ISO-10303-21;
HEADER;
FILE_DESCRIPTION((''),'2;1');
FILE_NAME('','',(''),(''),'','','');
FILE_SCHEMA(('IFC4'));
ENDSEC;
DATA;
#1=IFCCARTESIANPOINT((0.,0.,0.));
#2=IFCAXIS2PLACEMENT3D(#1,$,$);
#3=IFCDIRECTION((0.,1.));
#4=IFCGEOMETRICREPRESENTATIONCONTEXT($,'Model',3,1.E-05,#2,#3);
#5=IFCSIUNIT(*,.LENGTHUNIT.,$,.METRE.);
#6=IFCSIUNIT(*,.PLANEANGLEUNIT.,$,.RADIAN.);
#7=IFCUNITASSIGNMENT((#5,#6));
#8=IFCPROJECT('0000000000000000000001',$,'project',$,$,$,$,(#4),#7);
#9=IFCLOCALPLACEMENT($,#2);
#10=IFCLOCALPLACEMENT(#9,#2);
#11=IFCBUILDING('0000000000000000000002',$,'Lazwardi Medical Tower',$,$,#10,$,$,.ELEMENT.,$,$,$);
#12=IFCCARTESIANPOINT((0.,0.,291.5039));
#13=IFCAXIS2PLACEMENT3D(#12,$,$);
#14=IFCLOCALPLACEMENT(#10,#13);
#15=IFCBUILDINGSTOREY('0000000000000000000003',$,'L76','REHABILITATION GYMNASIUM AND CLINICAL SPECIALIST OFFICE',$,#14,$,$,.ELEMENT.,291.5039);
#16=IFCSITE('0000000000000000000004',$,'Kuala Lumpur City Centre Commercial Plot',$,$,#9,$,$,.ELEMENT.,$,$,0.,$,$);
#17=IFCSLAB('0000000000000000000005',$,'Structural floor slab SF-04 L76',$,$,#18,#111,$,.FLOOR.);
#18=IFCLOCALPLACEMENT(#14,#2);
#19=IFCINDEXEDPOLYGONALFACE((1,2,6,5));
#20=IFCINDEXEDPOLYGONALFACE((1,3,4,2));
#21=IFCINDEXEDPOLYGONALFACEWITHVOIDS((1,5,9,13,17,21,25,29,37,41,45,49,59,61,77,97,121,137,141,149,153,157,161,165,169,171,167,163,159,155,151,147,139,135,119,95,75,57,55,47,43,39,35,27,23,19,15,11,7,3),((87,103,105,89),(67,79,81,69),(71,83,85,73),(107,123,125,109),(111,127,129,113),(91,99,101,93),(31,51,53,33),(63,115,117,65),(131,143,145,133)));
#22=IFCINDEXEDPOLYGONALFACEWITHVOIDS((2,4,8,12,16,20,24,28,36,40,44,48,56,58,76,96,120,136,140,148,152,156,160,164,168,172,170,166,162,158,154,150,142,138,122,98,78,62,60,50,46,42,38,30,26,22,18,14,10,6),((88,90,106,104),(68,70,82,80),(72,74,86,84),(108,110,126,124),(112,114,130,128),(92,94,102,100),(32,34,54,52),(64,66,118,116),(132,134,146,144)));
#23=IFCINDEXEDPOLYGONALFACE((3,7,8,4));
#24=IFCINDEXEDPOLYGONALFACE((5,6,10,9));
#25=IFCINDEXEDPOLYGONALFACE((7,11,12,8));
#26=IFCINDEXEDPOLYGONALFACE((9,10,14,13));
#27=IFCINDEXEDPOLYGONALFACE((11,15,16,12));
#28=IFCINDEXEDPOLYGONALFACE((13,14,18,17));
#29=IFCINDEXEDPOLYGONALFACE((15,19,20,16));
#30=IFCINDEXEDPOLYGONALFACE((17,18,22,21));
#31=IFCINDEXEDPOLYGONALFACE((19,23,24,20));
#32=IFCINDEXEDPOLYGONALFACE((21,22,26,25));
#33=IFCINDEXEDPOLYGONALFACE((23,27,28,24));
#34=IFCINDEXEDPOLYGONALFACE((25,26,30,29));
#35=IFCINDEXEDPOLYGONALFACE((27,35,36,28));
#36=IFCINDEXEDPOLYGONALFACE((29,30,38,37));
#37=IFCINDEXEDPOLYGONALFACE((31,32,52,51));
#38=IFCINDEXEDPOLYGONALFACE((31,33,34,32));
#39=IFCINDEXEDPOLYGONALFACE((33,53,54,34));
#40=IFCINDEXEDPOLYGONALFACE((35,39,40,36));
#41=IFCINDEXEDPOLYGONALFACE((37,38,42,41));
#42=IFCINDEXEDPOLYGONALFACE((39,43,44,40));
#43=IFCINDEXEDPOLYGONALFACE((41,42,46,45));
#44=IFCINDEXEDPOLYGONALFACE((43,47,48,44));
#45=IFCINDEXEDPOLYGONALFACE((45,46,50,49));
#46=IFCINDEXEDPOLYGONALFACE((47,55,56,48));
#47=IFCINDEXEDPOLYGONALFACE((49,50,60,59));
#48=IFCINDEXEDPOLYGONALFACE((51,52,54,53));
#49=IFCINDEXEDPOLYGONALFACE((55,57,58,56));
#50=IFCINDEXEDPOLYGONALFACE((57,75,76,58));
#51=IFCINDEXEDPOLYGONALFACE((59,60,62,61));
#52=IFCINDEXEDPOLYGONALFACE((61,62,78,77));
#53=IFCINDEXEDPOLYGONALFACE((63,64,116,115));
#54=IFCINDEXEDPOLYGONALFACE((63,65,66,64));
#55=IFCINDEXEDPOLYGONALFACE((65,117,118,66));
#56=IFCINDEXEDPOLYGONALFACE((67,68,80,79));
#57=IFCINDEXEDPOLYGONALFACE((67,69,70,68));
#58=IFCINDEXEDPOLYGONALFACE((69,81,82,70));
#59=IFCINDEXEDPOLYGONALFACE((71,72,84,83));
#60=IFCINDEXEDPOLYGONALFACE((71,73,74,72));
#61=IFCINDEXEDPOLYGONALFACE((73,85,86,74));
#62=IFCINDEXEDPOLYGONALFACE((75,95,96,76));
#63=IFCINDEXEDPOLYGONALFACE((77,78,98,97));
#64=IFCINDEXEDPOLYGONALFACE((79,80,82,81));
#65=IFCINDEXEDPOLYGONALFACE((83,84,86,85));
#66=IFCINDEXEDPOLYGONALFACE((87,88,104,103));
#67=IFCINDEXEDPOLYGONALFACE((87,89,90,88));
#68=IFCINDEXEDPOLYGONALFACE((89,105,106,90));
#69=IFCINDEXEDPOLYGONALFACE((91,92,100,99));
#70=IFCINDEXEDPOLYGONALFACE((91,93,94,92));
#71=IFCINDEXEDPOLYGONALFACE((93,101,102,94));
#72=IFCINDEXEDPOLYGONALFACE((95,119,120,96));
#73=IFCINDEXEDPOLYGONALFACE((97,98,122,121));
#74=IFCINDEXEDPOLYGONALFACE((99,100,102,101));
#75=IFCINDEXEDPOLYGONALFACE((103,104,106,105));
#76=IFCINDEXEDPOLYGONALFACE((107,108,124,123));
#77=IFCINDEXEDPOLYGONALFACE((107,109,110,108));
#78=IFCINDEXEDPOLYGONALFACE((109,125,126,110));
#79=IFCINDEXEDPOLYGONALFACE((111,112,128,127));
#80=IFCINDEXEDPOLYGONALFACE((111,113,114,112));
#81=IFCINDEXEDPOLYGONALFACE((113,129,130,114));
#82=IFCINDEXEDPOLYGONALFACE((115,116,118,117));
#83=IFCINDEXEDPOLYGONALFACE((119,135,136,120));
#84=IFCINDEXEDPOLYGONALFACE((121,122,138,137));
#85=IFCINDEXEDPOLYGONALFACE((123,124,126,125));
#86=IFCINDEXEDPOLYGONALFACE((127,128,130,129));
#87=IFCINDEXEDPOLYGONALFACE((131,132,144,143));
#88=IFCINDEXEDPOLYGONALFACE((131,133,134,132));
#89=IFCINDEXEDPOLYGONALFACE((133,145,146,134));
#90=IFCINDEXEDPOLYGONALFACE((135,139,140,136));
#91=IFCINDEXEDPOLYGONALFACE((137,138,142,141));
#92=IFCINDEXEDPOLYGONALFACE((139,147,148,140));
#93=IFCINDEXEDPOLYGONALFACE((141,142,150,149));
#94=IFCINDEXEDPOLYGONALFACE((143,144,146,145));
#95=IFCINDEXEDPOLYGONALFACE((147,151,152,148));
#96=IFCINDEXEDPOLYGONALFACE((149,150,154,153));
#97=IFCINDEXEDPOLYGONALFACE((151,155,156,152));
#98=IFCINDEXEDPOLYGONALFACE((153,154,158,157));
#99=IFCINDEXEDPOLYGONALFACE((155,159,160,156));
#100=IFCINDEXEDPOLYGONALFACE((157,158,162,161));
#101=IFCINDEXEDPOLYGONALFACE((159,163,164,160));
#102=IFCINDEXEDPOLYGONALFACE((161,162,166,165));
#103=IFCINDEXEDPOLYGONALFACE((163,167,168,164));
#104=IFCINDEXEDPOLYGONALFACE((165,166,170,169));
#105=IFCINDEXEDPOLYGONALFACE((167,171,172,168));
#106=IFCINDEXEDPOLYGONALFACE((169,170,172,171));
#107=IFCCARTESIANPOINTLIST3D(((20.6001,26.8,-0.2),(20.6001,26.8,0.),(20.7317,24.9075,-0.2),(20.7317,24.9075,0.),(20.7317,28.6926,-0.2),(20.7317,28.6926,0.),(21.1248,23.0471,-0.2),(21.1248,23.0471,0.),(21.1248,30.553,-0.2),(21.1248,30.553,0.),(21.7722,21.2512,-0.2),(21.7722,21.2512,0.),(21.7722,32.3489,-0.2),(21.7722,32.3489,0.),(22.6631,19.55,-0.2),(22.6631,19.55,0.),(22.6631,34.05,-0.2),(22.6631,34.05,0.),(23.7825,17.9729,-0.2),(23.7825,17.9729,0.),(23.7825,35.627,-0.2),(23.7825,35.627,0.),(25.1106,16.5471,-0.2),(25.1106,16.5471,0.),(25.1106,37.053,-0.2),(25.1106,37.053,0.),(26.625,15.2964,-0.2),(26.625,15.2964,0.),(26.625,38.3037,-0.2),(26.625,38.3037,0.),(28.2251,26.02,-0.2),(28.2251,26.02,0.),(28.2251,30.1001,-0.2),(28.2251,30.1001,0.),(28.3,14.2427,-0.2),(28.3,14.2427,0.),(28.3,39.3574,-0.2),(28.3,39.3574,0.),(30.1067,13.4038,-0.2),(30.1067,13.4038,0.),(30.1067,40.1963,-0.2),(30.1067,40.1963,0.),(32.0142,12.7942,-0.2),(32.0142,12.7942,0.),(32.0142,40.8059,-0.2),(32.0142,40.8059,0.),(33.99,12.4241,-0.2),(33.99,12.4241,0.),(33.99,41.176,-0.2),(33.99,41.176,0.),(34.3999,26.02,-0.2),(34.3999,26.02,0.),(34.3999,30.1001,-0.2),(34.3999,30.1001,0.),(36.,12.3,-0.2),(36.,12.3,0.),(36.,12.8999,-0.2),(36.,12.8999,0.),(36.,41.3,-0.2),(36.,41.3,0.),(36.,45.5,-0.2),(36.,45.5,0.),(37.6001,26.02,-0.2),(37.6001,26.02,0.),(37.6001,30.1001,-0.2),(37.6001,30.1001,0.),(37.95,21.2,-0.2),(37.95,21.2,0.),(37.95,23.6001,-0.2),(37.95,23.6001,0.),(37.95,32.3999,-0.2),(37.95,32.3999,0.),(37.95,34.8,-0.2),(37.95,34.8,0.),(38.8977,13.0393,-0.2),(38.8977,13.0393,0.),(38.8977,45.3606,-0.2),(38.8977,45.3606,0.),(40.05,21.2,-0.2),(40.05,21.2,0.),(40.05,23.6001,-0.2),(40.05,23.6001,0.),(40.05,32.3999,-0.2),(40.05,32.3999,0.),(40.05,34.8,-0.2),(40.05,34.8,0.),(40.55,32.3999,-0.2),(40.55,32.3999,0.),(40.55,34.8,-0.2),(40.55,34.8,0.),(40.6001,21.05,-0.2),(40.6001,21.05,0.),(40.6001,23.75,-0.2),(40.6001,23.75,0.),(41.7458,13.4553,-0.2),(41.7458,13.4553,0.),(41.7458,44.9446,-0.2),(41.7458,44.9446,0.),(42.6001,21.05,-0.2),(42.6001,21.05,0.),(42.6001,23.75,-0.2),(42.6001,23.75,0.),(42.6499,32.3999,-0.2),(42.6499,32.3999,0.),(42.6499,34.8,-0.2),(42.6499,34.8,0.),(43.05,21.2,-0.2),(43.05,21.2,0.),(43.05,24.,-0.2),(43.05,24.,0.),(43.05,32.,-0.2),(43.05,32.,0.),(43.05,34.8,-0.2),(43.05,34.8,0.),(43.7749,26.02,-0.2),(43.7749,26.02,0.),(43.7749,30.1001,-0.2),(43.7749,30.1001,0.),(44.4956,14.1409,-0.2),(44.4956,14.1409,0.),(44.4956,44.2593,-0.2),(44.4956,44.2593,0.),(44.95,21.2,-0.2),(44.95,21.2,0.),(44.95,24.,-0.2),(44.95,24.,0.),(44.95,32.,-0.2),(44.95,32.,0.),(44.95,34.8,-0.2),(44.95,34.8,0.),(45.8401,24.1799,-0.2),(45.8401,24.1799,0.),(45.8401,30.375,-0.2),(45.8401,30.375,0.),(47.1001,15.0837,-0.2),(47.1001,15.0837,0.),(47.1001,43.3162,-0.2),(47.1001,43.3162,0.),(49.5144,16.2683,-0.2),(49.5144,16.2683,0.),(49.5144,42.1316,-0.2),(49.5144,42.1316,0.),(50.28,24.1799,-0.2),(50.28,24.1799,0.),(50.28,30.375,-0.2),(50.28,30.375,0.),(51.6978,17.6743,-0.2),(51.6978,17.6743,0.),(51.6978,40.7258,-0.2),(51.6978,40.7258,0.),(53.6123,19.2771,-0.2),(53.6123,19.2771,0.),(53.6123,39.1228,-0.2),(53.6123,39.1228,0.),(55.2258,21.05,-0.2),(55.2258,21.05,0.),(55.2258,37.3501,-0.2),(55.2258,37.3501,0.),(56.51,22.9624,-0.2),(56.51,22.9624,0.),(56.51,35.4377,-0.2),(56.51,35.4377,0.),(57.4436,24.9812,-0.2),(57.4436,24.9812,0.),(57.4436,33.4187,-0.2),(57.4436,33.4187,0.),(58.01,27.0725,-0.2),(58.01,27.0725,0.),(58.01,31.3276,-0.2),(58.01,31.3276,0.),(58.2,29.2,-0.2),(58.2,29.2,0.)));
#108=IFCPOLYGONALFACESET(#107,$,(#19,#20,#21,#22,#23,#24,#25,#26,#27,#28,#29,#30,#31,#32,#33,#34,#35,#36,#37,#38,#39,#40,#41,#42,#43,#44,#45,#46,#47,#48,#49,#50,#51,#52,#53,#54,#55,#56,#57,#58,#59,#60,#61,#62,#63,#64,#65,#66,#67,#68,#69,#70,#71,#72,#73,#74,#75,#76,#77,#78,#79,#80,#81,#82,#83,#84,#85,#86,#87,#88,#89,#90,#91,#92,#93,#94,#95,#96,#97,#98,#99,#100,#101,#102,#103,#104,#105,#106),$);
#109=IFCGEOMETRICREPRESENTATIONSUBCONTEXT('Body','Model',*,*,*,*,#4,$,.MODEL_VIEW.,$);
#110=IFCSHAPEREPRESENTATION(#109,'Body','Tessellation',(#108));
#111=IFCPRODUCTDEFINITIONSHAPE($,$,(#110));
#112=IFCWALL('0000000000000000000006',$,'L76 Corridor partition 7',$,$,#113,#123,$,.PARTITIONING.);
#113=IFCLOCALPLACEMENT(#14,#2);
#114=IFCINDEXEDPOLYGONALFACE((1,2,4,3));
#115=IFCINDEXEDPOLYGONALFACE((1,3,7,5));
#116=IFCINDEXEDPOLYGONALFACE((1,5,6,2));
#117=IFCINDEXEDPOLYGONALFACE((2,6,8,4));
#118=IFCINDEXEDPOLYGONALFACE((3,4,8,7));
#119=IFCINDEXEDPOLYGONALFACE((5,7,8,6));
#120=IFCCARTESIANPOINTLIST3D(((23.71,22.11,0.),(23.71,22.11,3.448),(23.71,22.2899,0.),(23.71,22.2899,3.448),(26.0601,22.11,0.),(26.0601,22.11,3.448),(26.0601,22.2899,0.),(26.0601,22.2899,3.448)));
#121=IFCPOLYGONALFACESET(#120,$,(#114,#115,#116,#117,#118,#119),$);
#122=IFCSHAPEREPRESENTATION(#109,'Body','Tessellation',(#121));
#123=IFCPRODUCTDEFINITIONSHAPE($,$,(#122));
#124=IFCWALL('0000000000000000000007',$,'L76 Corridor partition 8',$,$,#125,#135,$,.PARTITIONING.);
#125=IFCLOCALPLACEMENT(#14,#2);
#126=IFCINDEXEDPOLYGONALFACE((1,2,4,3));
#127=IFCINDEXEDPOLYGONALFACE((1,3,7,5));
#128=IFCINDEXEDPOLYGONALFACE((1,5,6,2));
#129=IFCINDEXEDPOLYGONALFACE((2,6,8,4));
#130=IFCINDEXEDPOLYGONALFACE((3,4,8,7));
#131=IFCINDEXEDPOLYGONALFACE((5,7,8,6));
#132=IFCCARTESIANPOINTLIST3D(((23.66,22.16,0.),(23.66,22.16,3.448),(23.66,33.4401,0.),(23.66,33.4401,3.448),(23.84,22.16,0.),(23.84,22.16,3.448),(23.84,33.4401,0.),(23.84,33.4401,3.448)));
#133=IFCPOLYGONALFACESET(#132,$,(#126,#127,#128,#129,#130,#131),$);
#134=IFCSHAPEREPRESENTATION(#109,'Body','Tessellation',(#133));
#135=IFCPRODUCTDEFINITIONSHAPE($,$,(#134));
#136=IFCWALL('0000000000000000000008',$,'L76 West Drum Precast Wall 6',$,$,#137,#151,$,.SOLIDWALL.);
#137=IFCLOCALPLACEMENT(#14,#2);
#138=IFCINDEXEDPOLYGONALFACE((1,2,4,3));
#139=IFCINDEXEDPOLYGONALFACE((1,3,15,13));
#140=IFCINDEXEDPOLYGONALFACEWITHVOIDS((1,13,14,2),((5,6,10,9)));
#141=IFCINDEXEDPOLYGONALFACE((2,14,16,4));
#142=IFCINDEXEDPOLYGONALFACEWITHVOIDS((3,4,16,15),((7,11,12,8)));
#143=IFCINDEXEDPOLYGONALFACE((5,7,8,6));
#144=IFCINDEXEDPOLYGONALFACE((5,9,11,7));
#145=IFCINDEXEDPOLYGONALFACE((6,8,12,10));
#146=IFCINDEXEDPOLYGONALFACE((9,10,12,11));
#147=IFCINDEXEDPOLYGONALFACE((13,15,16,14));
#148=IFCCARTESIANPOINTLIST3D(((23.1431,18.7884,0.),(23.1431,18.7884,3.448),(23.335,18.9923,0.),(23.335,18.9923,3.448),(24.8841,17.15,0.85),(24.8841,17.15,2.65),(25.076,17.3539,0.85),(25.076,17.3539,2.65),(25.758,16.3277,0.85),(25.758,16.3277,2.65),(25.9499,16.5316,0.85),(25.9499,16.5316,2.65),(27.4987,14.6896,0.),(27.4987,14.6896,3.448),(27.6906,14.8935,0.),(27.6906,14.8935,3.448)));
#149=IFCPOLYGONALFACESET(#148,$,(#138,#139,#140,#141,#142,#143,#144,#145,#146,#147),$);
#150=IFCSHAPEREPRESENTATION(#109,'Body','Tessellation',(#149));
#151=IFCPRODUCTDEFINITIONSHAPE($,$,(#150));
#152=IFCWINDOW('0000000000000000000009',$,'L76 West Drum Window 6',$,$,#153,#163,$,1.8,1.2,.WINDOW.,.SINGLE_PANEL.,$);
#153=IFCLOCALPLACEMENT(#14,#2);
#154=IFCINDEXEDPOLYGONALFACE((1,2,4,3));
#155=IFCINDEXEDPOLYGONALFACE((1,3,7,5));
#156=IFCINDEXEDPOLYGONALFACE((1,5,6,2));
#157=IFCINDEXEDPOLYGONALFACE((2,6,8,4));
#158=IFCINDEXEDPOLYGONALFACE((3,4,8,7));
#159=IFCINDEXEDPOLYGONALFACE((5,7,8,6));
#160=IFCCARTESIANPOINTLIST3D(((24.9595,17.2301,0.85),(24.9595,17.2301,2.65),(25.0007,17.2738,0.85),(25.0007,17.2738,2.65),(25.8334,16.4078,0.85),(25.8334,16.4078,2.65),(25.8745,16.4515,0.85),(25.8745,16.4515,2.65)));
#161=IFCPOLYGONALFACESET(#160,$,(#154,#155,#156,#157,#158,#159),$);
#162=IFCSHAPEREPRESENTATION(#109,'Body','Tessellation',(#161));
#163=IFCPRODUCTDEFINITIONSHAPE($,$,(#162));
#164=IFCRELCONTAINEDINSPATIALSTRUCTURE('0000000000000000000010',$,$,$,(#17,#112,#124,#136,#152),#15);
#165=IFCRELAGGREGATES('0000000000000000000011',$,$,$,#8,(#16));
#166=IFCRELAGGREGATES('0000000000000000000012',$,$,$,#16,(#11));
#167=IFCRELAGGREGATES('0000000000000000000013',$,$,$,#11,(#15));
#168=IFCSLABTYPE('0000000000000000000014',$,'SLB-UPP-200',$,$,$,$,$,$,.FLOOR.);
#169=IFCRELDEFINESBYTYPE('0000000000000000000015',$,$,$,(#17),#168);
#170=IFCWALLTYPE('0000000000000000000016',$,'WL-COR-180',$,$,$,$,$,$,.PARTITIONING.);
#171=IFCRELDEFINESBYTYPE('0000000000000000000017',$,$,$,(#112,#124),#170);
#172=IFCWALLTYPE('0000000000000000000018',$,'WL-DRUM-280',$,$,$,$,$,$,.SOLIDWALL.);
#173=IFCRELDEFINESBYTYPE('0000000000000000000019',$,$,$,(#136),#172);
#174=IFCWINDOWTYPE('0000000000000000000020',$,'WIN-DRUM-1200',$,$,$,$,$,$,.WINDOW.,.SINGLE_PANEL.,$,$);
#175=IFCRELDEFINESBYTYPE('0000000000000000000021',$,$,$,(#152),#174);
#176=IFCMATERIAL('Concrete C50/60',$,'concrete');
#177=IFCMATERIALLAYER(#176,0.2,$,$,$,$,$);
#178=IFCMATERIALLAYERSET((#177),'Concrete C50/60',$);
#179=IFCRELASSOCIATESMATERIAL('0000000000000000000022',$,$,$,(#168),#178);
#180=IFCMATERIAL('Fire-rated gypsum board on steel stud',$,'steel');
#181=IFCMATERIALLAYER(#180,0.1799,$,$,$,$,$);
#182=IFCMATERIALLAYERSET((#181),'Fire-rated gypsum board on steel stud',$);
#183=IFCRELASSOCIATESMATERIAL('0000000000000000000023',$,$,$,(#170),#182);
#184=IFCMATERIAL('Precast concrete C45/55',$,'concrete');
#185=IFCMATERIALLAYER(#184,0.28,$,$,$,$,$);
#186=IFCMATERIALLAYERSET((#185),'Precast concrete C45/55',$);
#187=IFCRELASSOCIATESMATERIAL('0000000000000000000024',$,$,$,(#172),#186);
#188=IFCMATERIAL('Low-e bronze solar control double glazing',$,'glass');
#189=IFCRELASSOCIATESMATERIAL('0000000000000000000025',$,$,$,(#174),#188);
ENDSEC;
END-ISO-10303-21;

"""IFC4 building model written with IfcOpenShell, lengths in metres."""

from ifc_helpers import new_model, si_unit, direction, frame, frame_2d, origin, place, context, subcontext, project, spatial, polyline, rectangle, outline, extrude, material, layer, layer_set, type_object, element, fill, save


model = new_model("IFC4")

# Units and contexts
model_context = context("Model", 3, precision=1e-05, world=origin(), true_north=direction((0.0, 1.0)))
body_context = subcontext(model_context, "Body", "Model", "MODEL_VIEW")
ifc_project = project(units=[si_unit("LENGTHUNIT", "METRE"), si_unit("PLANEANGLEUNIT", "RADIAN")], contexts=[model_context])

# Site, building, storey
site_placement = place(None, origin())
site = spatial("IfcSite", under=ifc_project, at=site_placement, Name="Kuala Lumpur City Centre Commercial Plot", CompositionType="ELEMENT", RefElevation=0.0)
building_placement = place(site_placement, origin())
building = spatial("IfcBuilding", under=site, at=building_placement, Name="Lazwardi Medical Tower", CompositionType="ELEMENT")
storey_placement = place(building_placement, frame((0.0, 0.0, 291.5039)))
storey = spatial("IfcBuildingStorey", under=building, at=storey_placement, Name="L76", Description="REHABILITATION GYMNASIUM AND CLINICAL SPECIALIST OFFICE", CompositionType="ELEMENT", Elevation=291.5039)

# Slab
ifc_material_1 = material(Name="Concrete C50/60", Category="concrete")
ifc_layer_1 = layer(ifc_material_1, 0.2)
ifc_layer_set_1 = layer_set([ifc_layer_1], Name="Concrete C50/60")
slab_type_1 = type_object("IfcSlabType", Name="SLB-UPP-200", PredefinedType="FLOOR", material=ifc_layer_set_1)
slab_1_placement = place(storey_placement, frame((0.0, 0.0, -0.2)))
element("IfcSlab", 1, at=slab_1_placement, inside=storey, type_object=slab_type_1, Name="Structural floor slab SF-04 L76", PredefinedType="FLOOR", context=body_context, shape_type="SweptSolid", body=[
    extrude(outline(polyline([(23.7825, 17.9729), (25.1106, 16.5471), (26.625, 15.2964), (28.3, 14.2427), (30.1067, 13.4038), (32.0142, 12.7942), (33.99, 12.4241), (36.0, 12.3), (36.0, 12.8999), (38.8977, 13.0393), (41.7458, 13.4553), (44.4956, 14.1409), (47.1001, 15.0837), (49.5144, 16.2683), (51.6978, 17.6743), (53.6123, 19.2771), (55.2258, 21.05), (56.51, 22.9624), (57.4436, 24.9812), (58.01, 27.0725), (58.2, 29.2), (58.01, 31.3276), (57.4436, 33.4187), (56.51, 35.4377), (55.2258, 37.3501), (53.6123, 39.1228), (51.6978, 40.7258), (49.5144, 42.1316), (47.1001, 43.3162), (44.4956, 44.2593), (41.7458, 44.9446), (38.8977, 45.3606), (36.0, 45.5), (36.0, 41.3), (33.99, 41.176), (32.0142, 40.8059), (30.1067, 40.1963), (28.3, 39.3574), (26.625, 38.3037), (25.1106, 37.053), (23.7825, 35.627), (22.6631, 34.05), (21.7722, 32.3489), (21.1248, 30.553), (20.7317, 28.6926), (20.6001, 26.8), (20.7317, 24.9075), (21.1248, 23.0471), (21.7722, 21.2512), (22.6631, 19.55), (23.7825, 17.9729)]), holes=[polyline([(28.2251, 26.02), (28.2251, 30.1001), (34.3999, 30.1001), (34.3999, 26.02), (28.2251, 26.02)]), polyline([(37.6001, 30.1001), (43.7749, 30.1001), (43.7749, 26.02), (37.6001, 26.02), (37.6001, 30.1001)]), polyline([(50.28, 30.375), (50.28, 24.1799), (45.8401, 24.1799), (45.8401, 30.375), (50.28, 30.375)]), polyline([(40.05, 32.3999), (37.95, 32.3999), (37.95, 34.8), (40.05, 34.8), (40.05, 32.3999)]), polyline([(40.55, 32.3999), (40.55, 34.8), (42.6499, 34.8), (42.6499, 32.3999), (40.55, 32.3999)]), polyline([(37.95, 23.6001), (40.05, 23.6001), (40.05, 21.2), (37.95, 21.2), (37.95, 23.6001)]), polyline([(44.95, 34.8), (44.95, 32.0), (43.05, 32.0), (43.05, 34.8), (44.95, 34.8)]), polyline([(44.95, 21.2), (43.05, 21.2), (43.05, 24.0), (44.95, 24.0), (44.95, 21.2)]), polyline([(40.6001, 21.05), (40.6001, 23.75), (42.6001, 23.75), (42.6001, 21.05), (40.6001, 21.05)])]), origin(), (0.0, 0.0, 1.0), 0.2),
])

# Walls
ifc_material_2 = material(Name="Fire-rated gypsum board on steel stud", Category="steel")
ifc_layer_2 = layer(ifc_material_2, 0.1799)
ifc_layer_set_2 = layer_set([ifc_layer_2], Name="Fire-rated gypsum board on steel stud")
wall_type_1 = type_object("IfcWallType", Name="WL-COR-180", PredefinedType="PARTITIONING", material=ifc_layer_set_2)
wall_1_placement = place(storey_placement, frame((26.0601, 22.2, 0.0), z_axis=(0.0, 0.0, 1.0), x_axis=(-1.0, 0.0, 0.0)))
element("IfcWall", 2, at=wall_1_placement, inside=storey, type_object=wall_type_1, Name="L76 Corridor partition 7", PredefinedType="PARTITIONING", context=body_context, shape_type="SweptSolid", body=[
    extrude(rectangle(XDim=2.3501, YDim=0.1799, at=frame_2d((1.175, 0.0))), origin(), (0.0, 0.0, 1.0), 3.448),
])
wall_2_placement = place(storey_placement, frame((23.75, 22.1599, 0.0), z_axis=(0.0, 0.0, 1.0), x_axis=(0.0, 1.0, 0.0)))
element("IfcWall", 3, at=wall_2_placement, inside=storey, type_object=wall_type_1, Name="L76 Corridor partition 8", PredefinedType="PARTITIONING", context=body_context, shape_type="SweptSolid", body=[
    extrude(rectangle(XDim=11.28, YDim=0.1799, at=frame_2d((5.6401, 0.0))), origin(), (0.0, 0.0, 1.0), 3.448),
])

# Wall, opening, window
ifc_material_3 = material(Name="Precast concrete C45/55", Category="concrete")
ifc_layer_3 = layer(ifc_material_3, 0.28)
ifc_layer_set_3 = layer_set([ifc_layer_3], Name="Precast concrete C45/55")
wall_type_2 = type_object("IfcWallType", Name="WL-DRUM-280", PredefinedType="SOLIDWALL", material=ifc_layer_set_3)
wall_3_placement = place(storey_placement, frame((23.239, 18.8904, 0.0), z_axis=(0.0, 0.0, 1.0), x_axis=(0.728252, -0.68531, 0.0)))
wall_3 = element("IfcWall", 4, at=wall_3_placement, inside=storey, type_object=wall_type_2, Name="L76 West Drum Precast Wall 6", PredefinedType="SOLIDWALL", context=body_context, shape_type="SweptSolid", body=[
    extrude(rectangle(XDim=5.981, YDim=0.28, at=frame_2d((2.9905, 0.0))), origin(), (0.0, 0.0, 1.0), 3.448),
])
opening_placement = place(wall_3_placement, frame((2.3906, 0.0, 0.8501)))
opening = element("IfcOpeningElement", 5, at=opening_placement, cuts=wall_3, PredefinedType="OPENING", context=body_context, shape_type="SweptSolid", body=[
    extrude(rectangle(XDim=1.2, YDim=1.8, at=frame_2d((0.6001, 0.8999))), frame((0.0, 0.1499, 0.0), z_axis=(0.0, -1.0, 0.0), x_axis=(1.0, 0.0, 0.0)), (0.0, 0.0, 1.0), 0.3),
])
ifc_material_4 = material(Name="Low-e bronze solar control double glazing", Category="glass")
window_type = type_object("IfcWindowType", Name="WIN-DRUM-1200", PartitioningType="SINGLE_PANEL", PredefinedType="WINDOW", material=ifc_material_4)
window_placement = place(opening_placement, origin())
window = element("IfcWindow", 6, at=window_placement, inside=storey, type_object=window_type, Name="L76 West Drum Window 6", OverallHeight=1.8, OverallWidth=1.2, PartitioningType="SINGLE_PANEL", PredefinedType="WINDOW", context=body_context, shape_type="SweptSolid", body=[
    extrude(rectangle(XDim=1.2, YDim=1.8, at=frame_2d((0.6001, 0.8999))), frame((0.0, 0.03, 0.0), z_axis=(0.0, -1.0, 0.0), x_axis=(1.0, 0.0, 0.0)), (0.0, 0.0, 1.0), 0.0601),
])
fill(opening, window)

save(model, "model.ifc")
